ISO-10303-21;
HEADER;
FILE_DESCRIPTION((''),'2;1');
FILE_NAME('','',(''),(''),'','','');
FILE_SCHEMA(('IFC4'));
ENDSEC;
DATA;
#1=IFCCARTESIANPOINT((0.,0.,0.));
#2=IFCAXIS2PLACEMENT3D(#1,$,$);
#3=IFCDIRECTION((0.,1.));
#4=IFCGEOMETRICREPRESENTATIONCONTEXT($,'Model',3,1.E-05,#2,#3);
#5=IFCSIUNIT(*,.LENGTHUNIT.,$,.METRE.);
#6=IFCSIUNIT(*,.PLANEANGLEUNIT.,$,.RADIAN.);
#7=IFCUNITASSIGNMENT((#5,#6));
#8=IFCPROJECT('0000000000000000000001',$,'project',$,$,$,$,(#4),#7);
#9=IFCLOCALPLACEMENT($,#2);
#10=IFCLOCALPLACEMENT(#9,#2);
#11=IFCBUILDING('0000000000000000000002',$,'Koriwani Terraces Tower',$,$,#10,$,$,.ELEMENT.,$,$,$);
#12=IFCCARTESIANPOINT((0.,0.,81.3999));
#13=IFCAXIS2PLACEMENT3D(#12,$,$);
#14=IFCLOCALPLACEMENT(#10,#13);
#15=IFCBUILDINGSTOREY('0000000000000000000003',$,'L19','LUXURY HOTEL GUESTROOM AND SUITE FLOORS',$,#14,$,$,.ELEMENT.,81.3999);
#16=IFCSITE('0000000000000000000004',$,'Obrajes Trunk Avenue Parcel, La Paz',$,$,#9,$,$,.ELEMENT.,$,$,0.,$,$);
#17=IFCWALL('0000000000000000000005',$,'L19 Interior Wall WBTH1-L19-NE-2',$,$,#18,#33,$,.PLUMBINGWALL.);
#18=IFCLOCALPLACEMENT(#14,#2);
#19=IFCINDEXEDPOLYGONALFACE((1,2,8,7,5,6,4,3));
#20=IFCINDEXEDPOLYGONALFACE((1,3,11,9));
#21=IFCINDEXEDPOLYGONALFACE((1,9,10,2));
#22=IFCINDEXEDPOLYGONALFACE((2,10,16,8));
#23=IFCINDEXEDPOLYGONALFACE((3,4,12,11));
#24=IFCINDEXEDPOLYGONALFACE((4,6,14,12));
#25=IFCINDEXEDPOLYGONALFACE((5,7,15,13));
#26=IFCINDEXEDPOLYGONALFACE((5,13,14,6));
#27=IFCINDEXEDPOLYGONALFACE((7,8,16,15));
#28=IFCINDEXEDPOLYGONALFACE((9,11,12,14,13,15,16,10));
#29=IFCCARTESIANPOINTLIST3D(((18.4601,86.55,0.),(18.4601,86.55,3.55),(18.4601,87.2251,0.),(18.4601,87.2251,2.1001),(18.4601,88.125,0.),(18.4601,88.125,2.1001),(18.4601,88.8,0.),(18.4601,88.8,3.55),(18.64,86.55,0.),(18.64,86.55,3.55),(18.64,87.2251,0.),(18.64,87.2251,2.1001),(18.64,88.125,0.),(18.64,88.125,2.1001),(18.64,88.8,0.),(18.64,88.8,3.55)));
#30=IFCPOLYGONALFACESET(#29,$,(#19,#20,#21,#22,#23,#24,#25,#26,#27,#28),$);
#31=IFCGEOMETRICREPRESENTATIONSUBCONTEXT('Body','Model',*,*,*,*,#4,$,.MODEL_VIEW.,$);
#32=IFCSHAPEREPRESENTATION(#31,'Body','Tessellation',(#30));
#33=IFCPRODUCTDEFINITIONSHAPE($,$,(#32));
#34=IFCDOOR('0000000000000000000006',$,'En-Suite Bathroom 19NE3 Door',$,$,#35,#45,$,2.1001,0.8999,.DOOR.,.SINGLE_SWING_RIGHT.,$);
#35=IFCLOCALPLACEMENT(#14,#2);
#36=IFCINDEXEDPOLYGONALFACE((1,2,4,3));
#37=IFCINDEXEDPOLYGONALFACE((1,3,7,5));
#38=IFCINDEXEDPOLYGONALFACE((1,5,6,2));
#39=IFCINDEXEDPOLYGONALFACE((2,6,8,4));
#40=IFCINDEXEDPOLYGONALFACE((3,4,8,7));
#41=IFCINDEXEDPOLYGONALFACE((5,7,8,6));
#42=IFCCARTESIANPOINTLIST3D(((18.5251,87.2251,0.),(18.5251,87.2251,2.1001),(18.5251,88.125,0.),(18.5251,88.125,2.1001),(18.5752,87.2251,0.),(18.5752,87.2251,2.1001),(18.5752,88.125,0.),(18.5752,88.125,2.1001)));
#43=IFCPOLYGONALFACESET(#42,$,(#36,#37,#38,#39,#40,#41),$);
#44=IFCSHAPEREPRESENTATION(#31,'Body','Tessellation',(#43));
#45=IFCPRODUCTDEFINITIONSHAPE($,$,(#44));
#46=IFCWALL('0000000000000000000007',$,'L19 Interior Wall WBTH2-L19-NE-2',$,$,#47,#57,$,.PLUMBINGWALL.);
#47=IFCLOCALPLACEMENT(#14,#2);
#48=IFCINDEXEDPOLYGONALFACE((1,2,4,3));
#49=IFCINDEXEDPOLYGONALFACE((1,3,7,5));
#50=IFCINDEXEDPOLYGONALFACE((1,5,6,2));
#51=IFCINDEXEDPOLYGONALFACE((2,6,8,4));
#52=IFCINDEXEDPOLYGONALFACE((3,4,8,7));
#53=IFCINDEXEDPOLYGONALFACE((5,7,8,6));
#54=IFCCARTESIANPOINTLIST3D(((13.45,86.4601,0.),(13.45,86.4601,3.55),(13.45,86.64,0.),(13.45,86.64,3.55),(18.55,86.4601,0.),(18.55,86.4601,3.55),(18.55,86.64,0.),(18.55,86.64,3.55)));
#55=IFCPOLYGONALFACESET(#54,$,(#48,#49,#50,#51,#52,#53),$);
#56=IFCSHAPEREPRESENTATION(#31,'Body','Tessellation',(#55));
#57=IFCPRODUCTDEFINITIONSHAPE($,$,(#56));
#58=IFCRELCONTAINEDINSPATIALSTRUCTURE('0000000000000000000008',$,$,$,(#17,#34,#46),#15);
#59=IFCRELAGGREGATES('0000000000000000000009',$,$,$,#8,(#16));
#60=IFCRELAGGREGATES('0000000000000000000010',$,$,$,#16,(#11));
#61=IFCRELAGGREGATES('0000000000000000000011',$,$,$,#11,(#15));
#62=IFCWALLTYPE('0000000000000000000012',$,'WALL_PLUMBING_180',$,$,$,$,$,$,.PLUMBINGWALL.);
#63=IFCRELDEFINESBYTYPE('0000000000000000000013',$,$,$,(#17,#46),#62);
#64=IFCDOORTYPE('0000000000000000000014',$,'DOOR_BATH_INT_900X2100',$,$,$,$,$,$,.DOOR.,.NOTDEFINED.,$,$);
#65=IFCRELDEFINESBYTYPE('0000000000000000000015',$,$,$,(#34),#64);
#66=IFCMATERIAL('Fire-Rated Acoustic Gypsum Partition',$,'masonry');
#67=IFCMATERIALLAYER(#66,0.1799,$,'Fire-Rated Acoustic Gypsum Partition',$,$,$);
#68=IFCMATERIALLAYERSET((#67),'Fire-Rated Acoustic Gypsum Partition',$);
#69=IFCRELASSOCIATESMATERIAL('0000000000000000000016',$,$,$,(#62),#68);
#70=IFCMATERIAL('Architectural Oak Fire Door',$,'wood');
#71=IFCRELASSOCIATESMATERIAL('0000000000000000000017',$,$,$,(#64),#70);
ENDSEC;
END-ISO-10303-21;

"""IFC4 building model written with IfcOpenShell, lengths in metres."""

from ifc_helpers import new_model, si_unit, direction, frame, frame_2d, origin, place, context, subcontext, project, spatial, rectangle, extrude, material, layer, layer_set, type_object, element, fill, save


model = new_model("IFC4")

# Units and contexts
model_context = context("Model", 3, precision=1e-05, world=origin(), true_north=direction((0.0, 1.0)))
body_context = subcontext(model_context, "Body", "Model", "MODEL_VIEW")
ifc_project = project(units=[si_unit("LENGTHUNIT", "METRE"), si_unit("PLANEANGLEUNIT", "RADIAN")], contexts=[model_context])

# Site, building, storey
site_placement = place(None, origin())
site = spatial("IfcSite", under=ifc_project, at=site_placement, Name="Obrajes Trunk Avenue Parcel, La Paz", CompositionType="ELEMENT", RefElevation=0.0)
building_placement = place(site_placement, origin())
building = spatial("IfcBuilding", under=site, at=building_placement, Name="Koriwani Terraces Tower", CompositionType="ELEMENT")
storey_placement = place(building_placement, frame((0.0, 0.0, 81.3999)))
storey = spatial("IfcBuildingStorey", under=building, at=storey_placement, Name="L19", Description="LUXURY HOTEL GUESTROOM AND SUITE FLOORS", CompositionType="ELEMENT", Elevation=81.3999)

# Shared definitions
ifc_material_1 = material(Name="Fire-Rated Acoustic Gypsum Partition", Category="masonry")
ifc_layer_1 = layer(ifc_material_1, 0.1799, Name="Fire-Rated Acoustic Gypsum Partition")
ifc_layer_set_1 = layer_set([ifc_layer_1], Name="Fire-Rated Acoustic Gypsum Partition")
wall_type_1 = type_object("IfcWallType", Name="WALL_PLUMBING_180", PredefinedType="PLUMBINGWALL", material=ifc_layer_set_1)
ifc_material_2 = material(Name="Architectural Oak Fire Door", Category="wood")
door_type = type_object("IfcDoorType", Name="DOOR_BATH_INT_900X2100", OperationType="NOTDEFINED", PredefinedType="DOOR", material=ifc_material_2)

# Wall, opening, door
wall_1_placement = place(storey_placement, frame((18.55, 86.55, 0.0), z_axis=(0.0, 0.0, 1.0), x_axis=(0.0, 1.0, 0.0)))
wall_1 = element("IfcWall", 1, at=wall_1_placement, inside=storey, type_object=wall_type_1, Name="L19 Interior Wall WBTH1-L19-NE-2", PredefinedType="PLUMBINGWALL", context=body_context, shape_type="SweptSolid", body=[
    extrude(rectangle(XDim=2.25, YDim=0.1799, at=frame_2d((1.125, 0.0))), origin(), (0.0, 0.0, 1.0), 3.55),
])
opening_1_placement = place(wall_1_placement, frame((0.675, 0.0, 0.0)))
opening_1 = element("IfcOpeningElement", 2, at=opening_1_placement, cuts=wall_1, PredefinedType="OPENING", context=body_context, shape_type="SweptSolid", body=[
    extrude(rectangle(XDim=0.8999, YDim=2.1001, at=frame_2d((0.45, 1.05))), frame((0.0, 0.1001, 0.0), z_axis=(0.0, -1.0, 0.0), x_axis=(1.0, 0.0, 0.0)), (0.0, 0.0, 1.0), 0.2),
])
door_1_placement = place(opening_1_placement, origin())
door_1 = element("IfcDoor", 3, at=door_1_placement, inside=storey, type_object=door_type, Name="En-Suite Bathroom 19NE3 Door", OperationType="SINGLE_SWING_RIGHT", OverallHeight=2.1001, OverallWidth=0.8999, PredefinedType="DOOR", context=body_context, shape_type="SweptSolid", body=[
    extrude(rectangle(XDim=0.8999, YDim=2.1001, at=frame_2d((0.45, 1.05))), frame((0.0, 0.0249, 0.0), z_axis=(0.0, -1.0, 0.0), x_axis=(1.0, 0.0, 0.0)), (0.0, 0.0, 1.0), 0.05),
])
fill(opening_1, door_1)

# Wall
wall_2_placement = place(storey_placement, frame((13.45, 86.55, 0.0), z_axis=(0.0, 0.0, 1.0), x_axis=(1.0, 0.0, 0.0)))
element("IfcWall", 4, at=wall_2_placement, inside=storey, type_object=wall_type_1, Name="L19 Interior Wall WBTH2-L19-NE-2", PredefinedType="PLUMBINGWALL", context=body_context, shape_type="SweptSolid", body=[
    extrude(rectangle(XDim=5.1001, YDim=0.1799, at=frame_2d((2.55, 0.0))), origin(), (0.0, 0.0, 1.0), 3.55),
])

save(model, "model.ifc")
